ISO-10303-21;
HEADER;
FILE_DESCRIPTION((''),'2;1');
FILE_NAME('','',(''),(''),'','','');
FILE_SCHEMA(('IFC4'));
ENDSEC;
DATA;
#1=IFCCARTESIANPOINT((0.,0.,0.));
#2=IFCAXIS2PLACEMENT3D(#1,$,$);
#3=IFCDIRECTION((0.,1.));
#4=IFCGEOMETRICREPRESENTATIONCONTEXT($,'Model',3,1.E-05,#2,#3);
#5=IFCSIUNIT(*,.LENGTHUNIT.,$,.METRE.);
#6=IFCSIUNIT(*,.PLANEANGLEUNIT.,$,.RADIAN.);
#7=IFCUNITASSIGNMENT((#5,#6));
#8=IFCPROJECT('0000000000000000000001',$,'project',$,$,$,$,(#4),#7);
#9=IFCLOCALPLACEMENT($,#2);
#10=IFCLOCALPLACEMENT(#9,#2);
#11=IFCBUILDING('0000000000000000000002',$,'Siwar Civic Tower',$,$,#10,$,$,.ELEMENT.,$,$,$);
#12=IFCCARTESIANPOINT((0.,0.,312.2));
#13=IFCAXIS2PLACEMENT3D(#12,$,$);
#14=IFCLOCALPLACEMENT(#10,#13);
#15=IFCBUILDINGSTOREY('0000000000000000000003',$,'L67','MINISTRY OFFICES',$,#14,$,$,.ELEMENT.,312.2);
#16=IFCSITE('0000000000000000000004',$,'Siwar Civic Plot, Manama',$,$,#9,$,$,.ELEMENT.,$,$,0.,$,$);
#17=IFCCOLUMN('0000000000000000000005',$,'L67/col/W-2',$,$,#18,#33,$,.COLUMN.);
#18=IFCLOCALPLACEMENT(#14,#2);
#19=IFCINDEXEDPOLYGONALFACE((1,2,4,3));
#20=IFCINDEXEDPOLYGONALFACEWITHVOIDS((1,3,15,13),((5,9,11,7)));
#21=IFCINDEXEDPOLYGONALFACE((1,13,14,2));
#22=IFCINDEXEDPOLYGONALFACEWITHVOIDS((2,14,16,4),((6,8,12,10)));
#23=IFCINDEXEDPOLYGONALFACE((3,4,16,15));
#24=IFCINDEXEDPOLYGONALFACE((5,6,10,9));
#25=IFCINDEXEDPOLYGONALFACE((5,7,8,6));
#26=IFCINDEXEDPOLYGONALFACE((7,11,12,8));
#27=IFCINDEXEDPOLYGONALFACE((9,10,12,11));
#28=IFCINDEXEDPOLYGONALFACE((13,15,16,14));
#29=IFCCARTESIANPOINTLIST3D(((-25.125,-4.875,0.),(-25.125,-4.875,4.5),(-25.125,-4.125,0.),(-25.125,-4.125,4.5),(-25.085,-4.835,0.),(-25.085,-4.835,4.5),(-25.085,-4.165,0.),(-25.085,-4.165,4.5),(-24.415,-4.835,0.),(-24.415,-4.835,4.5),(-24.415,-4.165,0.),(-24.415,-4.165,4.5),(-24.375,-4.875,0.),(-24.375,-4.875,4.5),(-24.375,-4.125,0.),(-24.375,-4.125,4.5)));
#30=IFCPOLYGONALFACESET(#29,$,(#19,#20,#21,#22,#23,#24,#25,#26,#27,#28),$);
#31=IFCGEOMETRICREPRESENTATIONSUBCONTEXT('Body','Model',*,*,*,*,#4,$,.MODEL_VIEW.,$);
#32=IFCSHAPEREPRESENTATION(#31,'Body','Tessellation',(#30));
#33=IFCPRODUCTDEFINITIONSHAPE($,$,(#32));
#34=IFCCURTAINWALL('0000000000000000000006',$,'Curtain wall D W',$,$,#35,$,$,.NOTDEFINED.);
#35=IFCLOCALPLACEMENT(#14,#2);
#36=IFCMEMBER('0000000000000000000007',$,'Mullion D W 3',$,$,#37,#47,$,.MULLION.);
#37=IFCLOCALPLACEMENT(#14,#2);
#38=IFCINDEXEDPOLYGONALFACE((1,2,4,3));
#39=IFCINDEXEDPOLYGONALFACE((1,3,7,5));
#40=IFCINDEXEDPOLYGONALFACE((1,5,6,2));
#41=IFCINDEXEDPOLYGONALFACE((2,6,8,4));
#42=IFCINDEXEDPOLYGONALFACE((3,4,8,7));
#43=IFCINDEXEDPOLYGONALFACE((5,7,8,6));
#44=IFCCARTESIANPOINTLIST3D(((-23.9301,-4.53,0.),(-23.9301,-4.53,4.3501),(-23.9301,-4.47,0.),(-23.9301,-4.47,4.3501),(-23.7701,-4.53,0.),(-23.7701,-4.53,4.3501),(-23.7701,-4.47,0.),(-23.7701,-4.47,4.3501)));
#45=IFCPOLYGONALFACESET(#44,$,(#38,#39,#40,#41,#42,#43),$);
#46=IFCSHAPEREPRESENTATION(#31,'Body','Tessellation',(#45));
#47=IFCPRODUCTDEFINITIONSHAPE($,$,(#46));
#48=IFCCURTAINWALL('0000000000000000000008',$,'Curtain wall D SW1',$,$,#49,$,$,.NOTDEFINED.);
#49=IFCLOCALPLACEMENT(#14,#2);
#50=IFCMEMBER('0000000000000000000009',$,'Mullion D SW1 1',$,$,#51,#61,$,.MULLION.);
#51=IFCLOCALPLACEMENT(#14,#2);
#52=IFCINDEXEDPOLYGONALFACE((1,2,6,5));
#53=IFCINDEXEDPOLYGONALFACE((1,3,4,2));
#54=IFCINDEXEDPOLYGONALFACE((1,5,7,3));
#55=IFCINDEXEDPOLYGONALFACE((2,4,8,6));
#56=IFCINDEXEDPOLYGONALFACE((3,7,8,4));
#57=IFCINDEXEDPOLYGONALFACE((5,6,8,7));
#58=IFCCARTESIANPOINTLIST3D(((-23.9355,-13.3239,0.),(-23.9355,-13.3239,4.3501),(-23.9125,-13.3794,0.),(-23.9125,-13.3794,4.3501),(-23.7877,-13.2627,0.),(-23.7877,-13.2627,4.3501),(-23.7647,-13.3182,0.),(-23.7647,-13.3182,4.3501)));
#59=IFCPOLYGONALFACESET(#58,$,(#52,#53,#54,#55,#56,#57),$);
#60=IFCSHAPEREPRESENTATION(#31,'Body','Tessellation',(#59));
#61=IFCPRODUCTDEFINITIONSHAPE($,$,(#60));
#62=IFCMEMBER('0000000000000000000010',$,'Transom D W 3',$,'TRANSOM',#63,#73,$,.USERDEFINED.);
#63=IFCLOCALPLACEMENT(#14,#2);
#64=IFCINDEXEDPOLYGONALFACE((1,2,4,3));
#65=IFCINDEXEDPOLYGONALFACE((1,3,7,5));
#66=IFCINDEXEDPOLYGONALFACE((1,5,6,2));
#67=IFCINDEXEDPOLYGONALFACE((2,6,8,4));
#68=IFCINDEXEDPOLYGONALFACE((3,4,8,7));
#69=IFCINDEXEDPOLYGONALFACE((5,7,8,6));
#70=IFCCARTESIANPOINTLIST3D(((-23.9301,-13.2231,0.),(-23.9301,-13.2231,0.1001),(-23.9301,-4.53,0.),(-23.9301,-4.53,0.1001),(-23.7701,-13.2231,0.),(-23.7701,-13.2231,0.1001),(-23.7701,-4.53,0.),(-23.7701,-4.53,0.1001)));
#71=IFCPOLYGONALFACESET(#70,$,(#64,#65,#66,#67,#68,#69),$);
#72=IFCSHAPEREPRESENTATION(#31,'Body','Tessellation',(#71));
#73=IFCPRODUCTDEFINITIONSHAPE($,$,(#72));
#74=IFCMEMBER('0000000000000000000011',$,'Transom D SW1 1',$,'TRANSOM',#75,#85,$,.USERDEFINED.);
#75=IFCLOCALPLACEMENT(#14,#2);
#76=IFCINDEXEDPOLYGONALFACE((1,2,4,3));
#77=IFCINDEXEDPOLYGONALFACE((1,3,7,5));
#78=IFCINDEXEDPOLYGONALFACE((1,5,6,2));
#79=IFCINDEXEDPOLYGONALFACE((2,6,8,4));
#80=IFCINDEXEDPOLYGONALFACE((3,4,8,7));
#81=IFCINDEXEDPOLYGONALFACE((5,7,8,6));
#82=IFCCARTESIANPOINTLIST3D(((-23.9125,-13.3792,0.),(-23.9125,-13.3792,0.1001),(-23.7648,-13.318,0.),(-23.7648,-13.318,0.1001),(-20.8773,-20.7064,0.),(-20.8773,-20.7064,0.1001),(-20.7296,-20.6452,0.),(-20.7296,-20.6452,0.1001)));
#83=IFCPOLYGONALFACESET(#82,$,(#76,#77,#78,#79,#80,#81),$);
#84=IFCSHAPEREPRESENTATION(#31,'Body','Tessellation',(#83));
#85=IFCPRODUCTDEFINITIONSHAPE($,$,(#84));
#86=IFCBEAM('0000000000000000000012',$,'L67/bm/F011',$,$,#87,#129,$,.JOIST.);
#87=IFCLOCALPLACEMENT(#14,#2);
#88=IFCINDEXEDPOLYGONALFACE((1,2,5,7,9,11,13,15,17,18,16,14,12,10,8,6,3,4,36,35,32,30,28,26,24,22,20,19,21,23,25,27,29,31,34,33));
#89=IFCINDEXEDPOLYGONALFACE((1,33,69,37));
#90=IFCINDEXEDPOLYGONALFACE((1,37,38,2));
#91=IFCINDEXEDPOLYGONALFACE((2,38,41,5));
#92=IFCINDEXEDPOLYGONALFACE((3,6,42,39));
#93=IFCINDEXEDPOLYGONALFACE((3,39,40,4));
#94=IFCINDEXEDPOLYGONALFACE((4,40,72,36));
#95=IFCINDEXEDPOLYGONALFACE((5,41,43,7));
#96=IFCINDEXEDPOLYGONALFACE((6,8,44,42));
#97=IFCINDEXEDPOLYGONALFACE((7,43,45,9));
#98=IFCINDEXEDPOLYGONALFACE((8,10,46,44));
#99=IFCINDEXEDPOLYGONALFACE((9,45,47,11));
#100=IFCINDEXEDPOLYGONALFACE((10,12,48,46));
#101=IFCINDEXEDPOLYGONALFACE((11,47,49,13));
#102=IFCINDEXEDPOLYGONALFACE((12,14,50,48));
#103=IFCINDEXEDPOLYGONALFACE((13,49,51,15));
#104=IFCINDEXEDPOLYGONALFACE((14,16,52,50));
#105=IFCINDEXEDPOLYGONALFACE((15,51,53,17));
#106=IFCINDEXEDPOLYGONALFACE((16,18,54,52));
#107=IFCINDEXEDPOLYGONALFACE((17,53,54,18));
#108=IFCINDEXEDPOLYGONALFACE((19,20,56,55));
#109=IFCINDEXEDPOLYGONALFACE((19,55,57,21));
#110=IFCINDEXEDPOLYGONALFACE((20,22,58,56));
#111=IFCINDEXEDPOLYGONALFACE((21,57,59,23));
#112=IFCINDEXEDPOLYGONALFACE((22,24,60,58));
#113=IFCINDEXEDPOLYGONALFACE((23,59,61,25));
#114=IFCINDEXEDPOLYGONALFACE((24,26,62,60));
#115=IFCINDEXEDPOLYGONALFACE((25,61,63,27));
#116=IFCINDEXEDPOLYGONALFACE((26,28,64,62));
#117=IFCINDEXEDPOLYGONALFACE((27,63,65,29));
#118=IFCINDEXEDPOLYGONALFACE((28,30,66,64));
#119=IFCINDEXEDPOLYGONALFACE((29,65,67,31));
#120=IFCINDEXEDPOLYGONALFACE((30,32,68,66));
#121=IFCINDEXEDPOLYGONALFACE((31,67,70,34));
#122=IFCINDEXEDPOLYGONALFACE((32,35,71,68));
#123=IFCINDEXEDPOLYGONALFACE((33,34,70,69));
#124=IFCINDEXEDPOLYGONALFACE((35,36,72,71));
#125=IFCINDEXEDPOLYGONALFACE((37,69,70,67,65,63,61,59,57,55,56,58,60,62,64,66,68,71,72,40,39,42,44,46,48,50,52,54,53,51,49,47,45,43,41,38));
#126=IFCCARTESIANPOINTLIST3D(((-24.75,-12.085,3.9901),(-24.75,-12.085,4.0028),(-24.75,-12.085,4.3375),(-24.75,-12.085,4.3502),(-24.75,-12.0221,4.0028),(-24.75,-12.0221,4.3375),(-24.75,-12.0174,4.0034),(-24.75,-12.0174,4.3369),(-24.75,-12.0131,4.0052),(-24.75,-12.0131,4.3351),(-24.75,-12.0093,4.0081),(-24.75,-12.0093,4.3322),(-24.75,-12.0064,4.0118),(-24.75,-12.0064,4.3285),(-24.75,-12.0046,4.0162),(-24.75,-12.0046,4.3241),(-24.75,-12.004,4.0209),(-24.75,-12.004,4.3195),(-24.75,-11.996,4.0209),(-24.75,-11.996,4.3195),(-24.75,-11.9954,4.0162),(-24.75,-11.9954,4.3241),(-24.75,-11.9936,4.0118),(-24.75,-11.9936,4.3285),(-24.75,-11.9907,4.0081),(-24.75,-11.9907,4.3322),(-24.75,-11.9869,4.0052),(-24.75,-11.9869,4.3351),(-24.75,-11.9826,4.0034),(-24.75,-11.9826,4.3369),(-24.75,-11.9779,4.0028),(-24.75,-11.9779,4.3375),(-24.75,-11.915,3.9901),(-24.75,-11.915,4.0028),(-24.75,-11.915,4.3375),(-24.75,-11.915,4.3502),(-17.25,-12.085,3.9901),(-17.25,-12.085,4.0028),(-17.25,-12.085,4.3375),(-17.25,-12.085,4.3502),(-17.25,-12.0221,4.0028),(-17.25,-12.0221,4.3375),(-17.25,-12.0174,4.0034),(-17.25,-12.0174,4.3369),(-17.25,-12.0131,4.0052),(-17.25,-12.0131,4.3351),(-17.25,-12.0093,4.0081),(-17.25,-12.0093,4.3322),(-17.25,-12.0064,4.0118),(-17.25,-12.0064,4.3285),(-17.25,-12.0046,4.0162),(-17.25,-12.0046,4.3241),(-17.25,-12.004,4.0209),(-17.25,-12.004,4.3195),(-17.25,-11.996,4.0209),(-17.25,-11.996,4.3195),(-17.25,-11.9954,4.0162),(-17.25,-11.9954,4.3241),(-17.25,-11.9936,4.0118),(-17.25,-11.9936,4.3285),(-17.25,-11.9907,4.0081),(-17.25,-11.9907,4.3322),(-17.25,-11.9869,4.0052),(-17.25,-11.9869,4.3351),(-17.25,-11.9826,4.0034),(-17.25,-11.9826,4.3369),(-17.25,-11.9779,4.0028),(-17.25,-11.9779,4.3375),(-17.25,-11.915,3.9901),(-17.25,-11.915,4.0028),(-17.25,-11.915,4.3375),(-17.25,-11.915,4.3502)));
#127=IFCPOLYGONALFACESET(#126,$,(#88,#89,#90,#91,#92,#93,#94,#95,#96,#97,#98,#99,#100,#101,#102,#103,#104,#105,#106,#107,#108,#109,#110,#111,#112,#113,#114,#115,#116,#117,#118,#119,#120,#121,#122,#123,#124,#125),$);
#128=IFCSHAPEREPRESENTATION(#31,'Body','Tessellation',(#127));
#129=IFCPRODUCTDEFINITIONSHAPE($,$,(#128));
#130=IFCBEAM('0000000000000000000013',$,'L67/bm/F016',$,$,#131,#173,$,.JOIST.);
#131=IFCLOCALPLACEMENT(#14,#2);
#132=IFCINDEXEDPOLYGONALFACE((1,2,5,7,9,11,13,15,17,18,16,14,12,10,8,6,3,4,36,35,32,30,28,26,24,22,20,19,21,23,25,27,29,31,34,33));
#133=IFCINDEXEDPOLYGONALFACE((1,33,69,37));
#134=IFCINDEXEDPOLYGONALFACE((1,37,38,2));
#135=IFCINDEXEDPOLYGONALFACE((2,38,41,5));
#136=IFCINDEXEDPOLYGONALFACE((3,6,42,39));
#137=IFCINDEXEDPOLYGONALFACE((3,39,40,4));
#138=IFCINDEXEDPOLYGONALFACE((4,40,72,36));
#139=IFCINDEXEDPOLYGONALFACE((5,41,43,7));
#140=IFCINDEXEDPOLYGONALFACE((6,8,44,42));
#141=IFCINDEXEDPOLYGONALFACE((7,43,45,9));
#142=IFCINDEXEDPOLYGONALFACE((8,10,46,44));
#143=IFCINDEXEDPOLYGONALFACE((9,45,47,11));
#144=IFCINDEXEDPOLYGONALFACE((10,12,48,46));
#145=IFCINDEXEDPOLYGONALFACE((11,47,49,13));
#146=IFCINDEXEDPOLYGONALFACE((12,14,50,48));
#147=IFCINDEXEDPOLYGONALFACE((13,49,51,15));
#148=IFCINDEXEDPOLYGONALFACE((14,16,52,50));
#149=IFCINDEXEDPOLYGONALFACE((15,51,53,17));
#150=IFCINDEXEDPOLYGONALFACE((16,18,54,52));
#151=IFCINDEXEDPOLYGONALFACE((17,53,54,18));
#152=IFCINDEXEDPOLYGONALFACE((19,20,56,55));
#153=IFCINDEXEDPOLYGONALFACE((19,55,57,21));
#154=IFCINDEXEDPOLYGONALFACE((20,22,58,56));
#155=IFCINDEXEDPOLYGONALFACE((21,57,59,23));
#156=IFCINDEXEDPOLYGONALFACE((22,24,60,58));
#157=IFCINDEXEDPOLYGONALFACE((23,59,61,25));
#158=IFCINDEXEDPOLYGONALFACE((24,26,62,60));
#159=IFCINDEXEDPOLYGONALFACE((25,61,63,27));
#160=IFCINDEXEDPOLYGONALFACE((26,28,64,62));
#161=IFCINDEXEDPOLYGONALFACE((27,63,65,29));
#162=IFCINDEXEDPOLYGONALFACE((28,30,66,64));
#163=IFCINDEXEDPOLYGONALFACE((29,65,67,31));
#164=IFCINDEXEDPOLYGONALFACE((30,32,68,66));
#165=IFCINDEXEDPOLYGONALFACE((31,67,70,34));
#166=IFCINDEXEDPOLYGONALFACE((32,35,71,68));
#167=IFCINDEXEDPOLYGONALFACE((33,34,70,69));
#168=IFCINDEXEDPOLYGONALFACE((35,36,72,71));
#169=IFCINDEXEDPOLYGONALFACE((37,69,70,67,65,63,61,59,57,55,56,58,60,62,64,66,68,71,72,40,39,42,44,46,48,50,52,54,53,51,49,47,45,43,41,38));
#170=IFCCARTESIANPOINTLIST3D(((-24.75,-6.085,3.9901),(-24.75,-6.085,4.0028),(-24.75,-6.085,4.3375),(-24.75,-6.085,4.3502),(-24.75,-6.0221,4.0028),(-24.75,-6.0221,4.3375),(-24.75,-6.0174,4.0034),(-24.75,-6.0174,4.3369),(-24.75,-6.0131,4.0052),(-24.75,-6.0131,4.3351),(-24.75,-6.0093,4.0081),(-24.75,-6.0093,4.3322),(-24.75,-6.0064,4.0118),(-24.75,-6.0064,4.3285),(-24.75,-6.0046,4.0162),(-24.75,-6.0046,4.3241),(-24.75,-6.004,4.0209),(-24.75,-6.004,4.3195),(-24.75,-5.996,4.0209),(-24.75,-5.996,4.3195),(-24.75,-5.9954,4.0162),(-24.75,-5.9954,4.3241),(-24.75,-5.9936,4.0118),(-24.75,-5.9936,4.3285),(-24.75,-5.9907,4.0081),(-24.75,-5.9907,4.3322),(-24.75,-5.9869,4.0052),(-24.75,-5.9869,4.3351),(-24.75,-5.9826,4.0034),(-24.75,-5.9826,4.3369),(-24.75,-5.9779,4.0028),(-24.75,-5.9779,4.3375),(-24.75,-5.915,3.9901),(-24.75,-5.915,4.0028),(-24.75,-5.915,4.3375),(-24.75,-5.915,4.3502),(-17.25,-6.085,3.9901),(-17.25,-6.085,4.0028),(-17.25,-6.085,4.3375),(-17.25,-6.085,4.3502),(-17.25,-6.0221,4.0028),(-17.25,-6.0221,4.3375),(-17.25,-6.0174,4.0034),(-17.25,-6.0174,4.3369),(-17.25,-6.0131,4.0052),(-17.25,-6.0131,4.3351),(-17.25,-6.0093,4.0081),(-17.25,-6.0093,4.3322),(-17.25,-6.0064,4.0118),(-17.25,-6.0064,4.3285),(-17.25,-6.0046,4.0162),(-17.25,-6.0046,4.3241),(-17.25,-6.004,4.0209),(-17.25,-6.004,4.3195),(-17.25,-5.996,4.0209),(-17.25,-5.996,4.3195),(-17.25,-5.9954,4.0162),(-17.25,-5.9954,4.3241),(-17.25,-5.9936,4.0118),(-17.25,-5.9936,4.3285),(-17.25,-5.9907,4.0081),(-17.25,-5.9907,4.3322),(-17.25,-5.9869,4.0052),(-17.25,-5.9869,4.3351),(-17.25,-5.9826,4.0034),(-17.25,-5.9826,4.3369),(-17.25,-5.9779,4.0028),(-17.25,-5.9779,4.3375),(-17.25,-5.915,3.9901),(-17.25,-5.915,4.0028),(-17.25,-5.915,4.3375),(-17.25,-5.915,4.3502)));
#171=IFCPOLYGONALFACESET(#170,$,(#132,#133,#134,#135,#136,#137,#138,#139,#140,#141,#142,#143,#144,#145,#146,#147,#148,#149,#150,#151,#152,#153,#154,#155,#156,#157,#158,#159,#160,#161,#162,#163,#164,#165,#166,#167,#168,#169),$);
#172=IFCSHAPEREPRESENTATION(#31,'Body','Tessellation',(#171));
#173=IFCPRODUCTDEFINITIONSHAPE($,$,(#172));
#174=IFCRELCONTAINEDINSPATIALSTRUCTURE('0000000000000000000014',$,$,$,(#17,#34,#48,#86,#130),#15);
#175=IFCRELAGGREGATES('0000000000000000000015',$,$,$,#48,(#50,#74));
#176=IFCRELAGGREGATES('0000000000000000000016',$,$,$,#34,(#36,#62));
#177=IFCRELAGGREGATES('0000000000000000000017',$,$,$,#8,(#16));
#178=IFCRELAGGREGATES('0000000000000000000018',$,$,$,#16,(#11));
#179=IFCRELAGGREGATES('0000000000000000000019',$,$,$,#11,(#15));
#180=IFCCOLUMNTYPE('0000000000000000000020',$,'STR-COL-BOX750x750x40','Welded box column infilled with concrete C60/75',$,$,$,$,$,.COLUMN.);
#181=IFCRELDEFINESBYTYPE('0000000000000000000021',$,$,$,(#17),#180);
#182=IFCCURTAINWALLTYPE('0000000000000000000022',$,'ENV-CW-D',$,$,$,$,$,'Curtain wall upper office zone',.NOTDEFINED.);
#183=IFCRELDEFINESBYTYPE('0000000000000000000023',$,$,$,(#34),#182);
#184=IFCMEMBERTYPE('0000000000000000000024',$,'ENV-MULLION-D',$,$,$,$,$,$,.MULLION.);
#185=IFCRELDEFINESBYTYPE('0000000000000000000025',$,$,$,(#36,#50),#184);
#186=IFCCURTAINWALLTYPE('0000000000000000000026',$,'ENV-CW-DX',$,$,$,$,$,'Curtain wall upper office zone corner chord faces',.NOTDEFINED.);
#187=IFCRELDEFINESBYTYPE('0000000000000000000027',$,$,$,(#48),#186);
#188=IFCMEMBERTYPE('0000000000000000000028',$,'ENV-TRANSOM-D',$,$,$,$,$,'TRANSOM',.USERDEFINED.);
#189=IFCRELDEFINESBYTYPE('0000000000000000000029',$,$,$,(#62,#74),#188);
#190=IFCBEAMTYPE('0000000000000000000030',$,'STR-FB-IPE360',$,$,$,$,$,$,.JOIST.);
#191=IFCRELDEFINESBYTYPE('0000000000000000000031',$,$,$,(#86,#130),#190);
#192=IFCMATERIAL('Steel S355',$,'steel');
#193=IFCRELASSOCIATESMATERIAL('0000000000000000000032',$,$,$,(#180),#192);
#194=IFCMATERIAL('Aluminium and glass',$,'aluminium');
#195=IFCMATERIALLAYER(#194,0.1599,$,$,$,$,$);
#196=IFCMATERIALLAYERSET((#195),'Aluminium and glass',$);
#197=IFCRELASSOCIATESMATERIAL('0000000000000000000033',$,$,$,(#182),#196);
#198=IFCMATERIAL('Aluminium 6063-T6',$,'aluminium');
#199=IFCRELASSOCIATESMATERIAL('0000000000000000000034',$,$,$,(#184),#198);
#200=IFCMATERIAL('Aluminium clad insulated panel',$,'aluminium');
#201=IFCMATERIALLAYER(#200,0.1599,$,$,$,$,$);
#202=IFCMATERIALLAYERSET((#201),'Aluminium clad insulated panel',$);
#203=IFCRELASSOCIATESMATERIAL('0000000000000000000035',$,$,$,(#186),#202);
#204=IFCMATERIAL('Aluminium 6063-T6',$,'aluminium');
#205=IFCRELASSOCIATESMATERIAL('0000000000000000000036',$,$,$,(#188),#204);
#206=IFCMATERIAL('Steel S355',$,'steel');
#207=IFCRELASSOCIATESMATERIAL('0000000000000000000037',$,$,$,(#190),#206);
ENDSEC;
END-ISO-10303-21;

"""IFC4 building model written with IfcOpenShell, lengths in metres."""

from ifc_helpers import new_model, si_unit, direction, frame, origin, origin_2d, place, context, subcontext, project, spatial, rectangle, hollow_rectangle, i_section, extrude, material, layer, layer_set, material_profile, profile_set, type_object, element, aggregate, save


model = new_model("IFC4")

# Units and contexts
model_context = context("Model", 3, precision=1e-05, world=origin(), true_north=direction((0.0, 1.0)))
body_context = subcontext(model_context, "Body", "Model", "MODEL_VIEW")
ifc_project = project(units=[si_unit("LENGTHUNIT", "METRE"), si_unit("PLANEANGLEUNIT", "RADIAN")], contexts=[model_context])

# Site, building, storey
site_placement = place(None, origin())
site = spatial("IfcSite", under=ifc_project, at=site_placement, Name="Siwar Civic Plot, Manama", CompositionType="ELEMENT", RefElevation=0.0)
building_placement = place(site_placement, origin())
building = spatial("IfcBuilding", under=site, at=building_placement, Name="Siwar Civic Tower", CompositionType="ELEMENT")
storey_placement = place(building_placement, frame((0.0, 0.0, 312.2)))
storey = spatial("IfcBuildingStorey", under=building, at=storey_placement, Name="L67", Description="MINISTRY OFFICES", CompositionType="ELEMENT", Elevation=312.2)

# Column
ifc_material_1 = material(Name="Steel S355", Category="steel")
ifc_material_profile_1 = material_profile(ifc_material_1, hollow_rectangle(XDim=0.75, YDim=0.75, WallThickness=0.04, at=origin_2d()), Name="BOX750x750x40")
ifc_profile_set_1 = profile_set([ifc_material_profile_1], Name="Steel S355")
column_type = type_object("IfcColumnType", Name="STR-COL-BOX750x750x40", Description="Welded box column infilled with concrete C60/75", PredefinedType="COLUMN", material=ifc_profile_set_1)
column_placement = place(storey_placement, frame((-24.75, -4.5, 0.0), z_axis=(0.0, 0.0, 1.0), x_axis=(1.0, 0.0, 0.0)))
element("IfcColumn", 1, at=column_placement, inside=storey, type_object=column_type, Name="L67/col/W-2", PredefinedType="COLUMN", context=body_context, shape_type="SweptSolid", body=[
    extrude(hollow_rectangle(XDim=0.75, YDim=0.75, WallThickness=0.04, at=origin_2d()), origin(), (0.0, 0.0, 1.0), 4.5),
])

# Curtain walls, members
ifc_material_2 = material(Name="Aluminium and glass", Category="aluminium")
ifc_layer_1 = layer(ifc_material_2, 0.1599)
ifc_layer_set_1 = layer_set([ifc_layer_1], Name="Aluminium and glass")
curtain_wall_type_1 = type_object("IfcCurtainWallType", Name="ENV-CW-D", ElementType="Curtain wall upper office zone", PredefinedType="NOTDEFINED", material=ifc_layer_set_1)
curtain_wall_1_placement = place(storey_placement, origin())
curtain_wall_1 = element("IfcCurtainWall", 2, at=curtain_wall_1_placement, inside=storey, type_object=curtain_wall_type_1, Name="Curtain wall D W", PredefinedType="NOTDEFINED")
ifc_material_3 = material(Name="Aluminium 6063-T6", Category="aluminium")
ifc_material_profile_2 = material_profile(ifc_material_3, rectangle(XDim=0.1599, YDim=0.0601, at=origin_2d()), Name="AL 160x60")
ifc_profile_set_2 = profile_set([ifc_material_profile_2], Name="Aluminium 6063-T6")
member_type_1 = type_object("IfcMemberType", Name="ENV-MULLION-D", PredefinedType="MULLION", material=ifc_profile_set_2)
member_1_placement = place(storey_placement, frame((-23.8501, -4.5, 0.0), z_axis=(0.0, 0.0, 1.0), x_axis=(1.0, 0.0, 0.0)))
member_1 = element("IfcMember", 3, at=member_1_placement, type_object=member_type_1, Name="Mullion D W 3", PredefinedType="MULLION", context=body_context, shape_type="SweptSolid", body=[
    extrude(rectangle(XDim=0.1599, YDim=0.0601, at=origin_2d()), origin(), (0.0, 0.0, 1.0), 4.3501),
])
ifc_material_4 = material(Name="Aluminium clad insulated panel", Category="aluminium")
ifc_layer_2 = layer(ifc_material_4, 0.1599)
ifc_layer_set_2 = layer_set([ifc_layer_2], Name="Aluminium clad insulated panel")
curtain_wall_type_2 = type_object("IfcCurtainWallType", Name="ENV-CW-DX", ElementType="Curtain wall upper office zone corner chord faces", PredefinedType="NOTDEFINED", material=ifc_layer_set_2)
curtain_wall_2_placement = place(storey_placement, origin())
curtain_wall_2 = element("IfcCurtainWall", 4, at=curtain_wall_2_placement, inside=storey, type_object=curtain_wall_type_2, Name="Curtain wall D SW1", PredefinedType="NOTDEFINED")
member_2_placement = place(storey_placement, frame((-23.8501, -13.321, 0.0), z_axis=(0.0, 0.0, 1.0), x_axis=(0.92388, 0.382683, 0.0)))
member_2 = element("IfcMember", 5, at=member_2_placement, type_object=member_type_1, Name="Mullion D SW1 1", PredefinedType="MULLION", context=body_context, shape_type="SweptSolid", body=[
    extrude(rectangle(XDim=0.1599, YDim=0.0601, at=origin_2d()), origin(), (0.0, 0.0, 1.0), 4.3501),
])

# Members
ifc_material_5 = material(Name="Aluminium 6063-T6", Category="aluminium")
ifc_material_profile_3 = material_profile(ifc_material_5, rectangle(XDim=0.1599, YDim=0.1001, at=origin_2d()), Name="AL 160x100")
ifc_profile_set_3 = profile_set([ifc_material_profile_3], Name="Aluminium 6063-T6")
member_type_2 = type_object("IfcMemberType", Name="ENV-TRANSOM-D", ElementType="TRANSOM", PredefinedType="USERDEFINED", material=ifc_profile_set_3)
member_3_placement = place(storey_placement, frame((-23.8501, -4.53, 0.05), z_axis=(0.0, -1.0, 0.0), x_axis=(1.0, 0.0, 0.0)))
member_3 = element("IfcMember", 6, at=member_3_placement, type_object=member_type_2, Name="Transom D W 3", ObjectType="TRANSOM", PredefinedType="USERDEFINED", context=body_context, shape_type="SweptSolid", body=[
    extrude(rectangle(XDim=0.1599, YDim=0.1001, at=origin_2d()), origin(), (0.0, 0.0, 1.0), 8.6931),
])
member_4_placement = place(storey_placement, frame((-23.8386, -13.3486, 0.05), z_axis=(0.3827, -0.923873, 0.0), x_axis=(0.923873, 0.3827, 0.0)))
member_4 = element("IfcMember", 7, at=member_4_placement, type_object=member_type_2, Name="Transom D SW1 1", ObjectType="TRANSOM", PredefinedType="USERDEFINED", context=body_context, shape_type="SweptSolid", body=[
    extrude(rectangle(XDim=0.1599, YDim=0.1001, at=origin_2d()), origin(), (0.0, 0.0, 1.0), 7.9309),
])
aggregate(curtain_wall_2, [member_2, member_4])

# Beams
ifc_material_6 = material(Name="Steel S355", Category="steel")
ifc_material_profile_4 = material_profile(ifc_material_6, i_section(OverallWidth=0.1699, OverallDepth=0.3601, WebThickness=0.0081, FlangeThickness=0.0127, FilletRadius=0.0181, at=origin_2d()), Name="IPE360")
ifc_profile_set_4 = profile_set([ifc_material_profile_4], Name="Steel S355")
beam_type_1 = type_object("IfcBeamType", Name="STR-FB-IPE360", PredefinedType="JOIST", material=ifc_profile_set_4)
for number, where, z_axis, x_axis, name in (
    (8, (-24.75, -12.0, 4.1702), (1.0, 0.0, 0.0), (0.0, 1.0, 0.0), "L67/bm/F011"),
    (9, (-24.75, -6.0, 4.1702), (1.0, 0.0, 0.0), (0.0, 1.0, 0.0), "L67/bm/F016"),
):
    element("IfcBeam", number, at=place(storey_placement, frame(where, z_axis=z_axis, x_axis=x_axis)), inside=storey, type_object=beam_type_1, Name=name, PredefinedType="JOIST", context=body_context, shape_type="SweptSolid", body=[
        extrude(i_section(OverallWidth=0.1699, OverallDepth=0.3601, WebThickness=0.0081, FlangeThickness=0.0127, FilletRadius=0.0181, at=origin_2d()), origin(), (0.0, 0.0, 1.0), 7.5),
    ])

aggregate(curtain_wall_1, [member_1, member_3])

save(model, "model.ifc")
